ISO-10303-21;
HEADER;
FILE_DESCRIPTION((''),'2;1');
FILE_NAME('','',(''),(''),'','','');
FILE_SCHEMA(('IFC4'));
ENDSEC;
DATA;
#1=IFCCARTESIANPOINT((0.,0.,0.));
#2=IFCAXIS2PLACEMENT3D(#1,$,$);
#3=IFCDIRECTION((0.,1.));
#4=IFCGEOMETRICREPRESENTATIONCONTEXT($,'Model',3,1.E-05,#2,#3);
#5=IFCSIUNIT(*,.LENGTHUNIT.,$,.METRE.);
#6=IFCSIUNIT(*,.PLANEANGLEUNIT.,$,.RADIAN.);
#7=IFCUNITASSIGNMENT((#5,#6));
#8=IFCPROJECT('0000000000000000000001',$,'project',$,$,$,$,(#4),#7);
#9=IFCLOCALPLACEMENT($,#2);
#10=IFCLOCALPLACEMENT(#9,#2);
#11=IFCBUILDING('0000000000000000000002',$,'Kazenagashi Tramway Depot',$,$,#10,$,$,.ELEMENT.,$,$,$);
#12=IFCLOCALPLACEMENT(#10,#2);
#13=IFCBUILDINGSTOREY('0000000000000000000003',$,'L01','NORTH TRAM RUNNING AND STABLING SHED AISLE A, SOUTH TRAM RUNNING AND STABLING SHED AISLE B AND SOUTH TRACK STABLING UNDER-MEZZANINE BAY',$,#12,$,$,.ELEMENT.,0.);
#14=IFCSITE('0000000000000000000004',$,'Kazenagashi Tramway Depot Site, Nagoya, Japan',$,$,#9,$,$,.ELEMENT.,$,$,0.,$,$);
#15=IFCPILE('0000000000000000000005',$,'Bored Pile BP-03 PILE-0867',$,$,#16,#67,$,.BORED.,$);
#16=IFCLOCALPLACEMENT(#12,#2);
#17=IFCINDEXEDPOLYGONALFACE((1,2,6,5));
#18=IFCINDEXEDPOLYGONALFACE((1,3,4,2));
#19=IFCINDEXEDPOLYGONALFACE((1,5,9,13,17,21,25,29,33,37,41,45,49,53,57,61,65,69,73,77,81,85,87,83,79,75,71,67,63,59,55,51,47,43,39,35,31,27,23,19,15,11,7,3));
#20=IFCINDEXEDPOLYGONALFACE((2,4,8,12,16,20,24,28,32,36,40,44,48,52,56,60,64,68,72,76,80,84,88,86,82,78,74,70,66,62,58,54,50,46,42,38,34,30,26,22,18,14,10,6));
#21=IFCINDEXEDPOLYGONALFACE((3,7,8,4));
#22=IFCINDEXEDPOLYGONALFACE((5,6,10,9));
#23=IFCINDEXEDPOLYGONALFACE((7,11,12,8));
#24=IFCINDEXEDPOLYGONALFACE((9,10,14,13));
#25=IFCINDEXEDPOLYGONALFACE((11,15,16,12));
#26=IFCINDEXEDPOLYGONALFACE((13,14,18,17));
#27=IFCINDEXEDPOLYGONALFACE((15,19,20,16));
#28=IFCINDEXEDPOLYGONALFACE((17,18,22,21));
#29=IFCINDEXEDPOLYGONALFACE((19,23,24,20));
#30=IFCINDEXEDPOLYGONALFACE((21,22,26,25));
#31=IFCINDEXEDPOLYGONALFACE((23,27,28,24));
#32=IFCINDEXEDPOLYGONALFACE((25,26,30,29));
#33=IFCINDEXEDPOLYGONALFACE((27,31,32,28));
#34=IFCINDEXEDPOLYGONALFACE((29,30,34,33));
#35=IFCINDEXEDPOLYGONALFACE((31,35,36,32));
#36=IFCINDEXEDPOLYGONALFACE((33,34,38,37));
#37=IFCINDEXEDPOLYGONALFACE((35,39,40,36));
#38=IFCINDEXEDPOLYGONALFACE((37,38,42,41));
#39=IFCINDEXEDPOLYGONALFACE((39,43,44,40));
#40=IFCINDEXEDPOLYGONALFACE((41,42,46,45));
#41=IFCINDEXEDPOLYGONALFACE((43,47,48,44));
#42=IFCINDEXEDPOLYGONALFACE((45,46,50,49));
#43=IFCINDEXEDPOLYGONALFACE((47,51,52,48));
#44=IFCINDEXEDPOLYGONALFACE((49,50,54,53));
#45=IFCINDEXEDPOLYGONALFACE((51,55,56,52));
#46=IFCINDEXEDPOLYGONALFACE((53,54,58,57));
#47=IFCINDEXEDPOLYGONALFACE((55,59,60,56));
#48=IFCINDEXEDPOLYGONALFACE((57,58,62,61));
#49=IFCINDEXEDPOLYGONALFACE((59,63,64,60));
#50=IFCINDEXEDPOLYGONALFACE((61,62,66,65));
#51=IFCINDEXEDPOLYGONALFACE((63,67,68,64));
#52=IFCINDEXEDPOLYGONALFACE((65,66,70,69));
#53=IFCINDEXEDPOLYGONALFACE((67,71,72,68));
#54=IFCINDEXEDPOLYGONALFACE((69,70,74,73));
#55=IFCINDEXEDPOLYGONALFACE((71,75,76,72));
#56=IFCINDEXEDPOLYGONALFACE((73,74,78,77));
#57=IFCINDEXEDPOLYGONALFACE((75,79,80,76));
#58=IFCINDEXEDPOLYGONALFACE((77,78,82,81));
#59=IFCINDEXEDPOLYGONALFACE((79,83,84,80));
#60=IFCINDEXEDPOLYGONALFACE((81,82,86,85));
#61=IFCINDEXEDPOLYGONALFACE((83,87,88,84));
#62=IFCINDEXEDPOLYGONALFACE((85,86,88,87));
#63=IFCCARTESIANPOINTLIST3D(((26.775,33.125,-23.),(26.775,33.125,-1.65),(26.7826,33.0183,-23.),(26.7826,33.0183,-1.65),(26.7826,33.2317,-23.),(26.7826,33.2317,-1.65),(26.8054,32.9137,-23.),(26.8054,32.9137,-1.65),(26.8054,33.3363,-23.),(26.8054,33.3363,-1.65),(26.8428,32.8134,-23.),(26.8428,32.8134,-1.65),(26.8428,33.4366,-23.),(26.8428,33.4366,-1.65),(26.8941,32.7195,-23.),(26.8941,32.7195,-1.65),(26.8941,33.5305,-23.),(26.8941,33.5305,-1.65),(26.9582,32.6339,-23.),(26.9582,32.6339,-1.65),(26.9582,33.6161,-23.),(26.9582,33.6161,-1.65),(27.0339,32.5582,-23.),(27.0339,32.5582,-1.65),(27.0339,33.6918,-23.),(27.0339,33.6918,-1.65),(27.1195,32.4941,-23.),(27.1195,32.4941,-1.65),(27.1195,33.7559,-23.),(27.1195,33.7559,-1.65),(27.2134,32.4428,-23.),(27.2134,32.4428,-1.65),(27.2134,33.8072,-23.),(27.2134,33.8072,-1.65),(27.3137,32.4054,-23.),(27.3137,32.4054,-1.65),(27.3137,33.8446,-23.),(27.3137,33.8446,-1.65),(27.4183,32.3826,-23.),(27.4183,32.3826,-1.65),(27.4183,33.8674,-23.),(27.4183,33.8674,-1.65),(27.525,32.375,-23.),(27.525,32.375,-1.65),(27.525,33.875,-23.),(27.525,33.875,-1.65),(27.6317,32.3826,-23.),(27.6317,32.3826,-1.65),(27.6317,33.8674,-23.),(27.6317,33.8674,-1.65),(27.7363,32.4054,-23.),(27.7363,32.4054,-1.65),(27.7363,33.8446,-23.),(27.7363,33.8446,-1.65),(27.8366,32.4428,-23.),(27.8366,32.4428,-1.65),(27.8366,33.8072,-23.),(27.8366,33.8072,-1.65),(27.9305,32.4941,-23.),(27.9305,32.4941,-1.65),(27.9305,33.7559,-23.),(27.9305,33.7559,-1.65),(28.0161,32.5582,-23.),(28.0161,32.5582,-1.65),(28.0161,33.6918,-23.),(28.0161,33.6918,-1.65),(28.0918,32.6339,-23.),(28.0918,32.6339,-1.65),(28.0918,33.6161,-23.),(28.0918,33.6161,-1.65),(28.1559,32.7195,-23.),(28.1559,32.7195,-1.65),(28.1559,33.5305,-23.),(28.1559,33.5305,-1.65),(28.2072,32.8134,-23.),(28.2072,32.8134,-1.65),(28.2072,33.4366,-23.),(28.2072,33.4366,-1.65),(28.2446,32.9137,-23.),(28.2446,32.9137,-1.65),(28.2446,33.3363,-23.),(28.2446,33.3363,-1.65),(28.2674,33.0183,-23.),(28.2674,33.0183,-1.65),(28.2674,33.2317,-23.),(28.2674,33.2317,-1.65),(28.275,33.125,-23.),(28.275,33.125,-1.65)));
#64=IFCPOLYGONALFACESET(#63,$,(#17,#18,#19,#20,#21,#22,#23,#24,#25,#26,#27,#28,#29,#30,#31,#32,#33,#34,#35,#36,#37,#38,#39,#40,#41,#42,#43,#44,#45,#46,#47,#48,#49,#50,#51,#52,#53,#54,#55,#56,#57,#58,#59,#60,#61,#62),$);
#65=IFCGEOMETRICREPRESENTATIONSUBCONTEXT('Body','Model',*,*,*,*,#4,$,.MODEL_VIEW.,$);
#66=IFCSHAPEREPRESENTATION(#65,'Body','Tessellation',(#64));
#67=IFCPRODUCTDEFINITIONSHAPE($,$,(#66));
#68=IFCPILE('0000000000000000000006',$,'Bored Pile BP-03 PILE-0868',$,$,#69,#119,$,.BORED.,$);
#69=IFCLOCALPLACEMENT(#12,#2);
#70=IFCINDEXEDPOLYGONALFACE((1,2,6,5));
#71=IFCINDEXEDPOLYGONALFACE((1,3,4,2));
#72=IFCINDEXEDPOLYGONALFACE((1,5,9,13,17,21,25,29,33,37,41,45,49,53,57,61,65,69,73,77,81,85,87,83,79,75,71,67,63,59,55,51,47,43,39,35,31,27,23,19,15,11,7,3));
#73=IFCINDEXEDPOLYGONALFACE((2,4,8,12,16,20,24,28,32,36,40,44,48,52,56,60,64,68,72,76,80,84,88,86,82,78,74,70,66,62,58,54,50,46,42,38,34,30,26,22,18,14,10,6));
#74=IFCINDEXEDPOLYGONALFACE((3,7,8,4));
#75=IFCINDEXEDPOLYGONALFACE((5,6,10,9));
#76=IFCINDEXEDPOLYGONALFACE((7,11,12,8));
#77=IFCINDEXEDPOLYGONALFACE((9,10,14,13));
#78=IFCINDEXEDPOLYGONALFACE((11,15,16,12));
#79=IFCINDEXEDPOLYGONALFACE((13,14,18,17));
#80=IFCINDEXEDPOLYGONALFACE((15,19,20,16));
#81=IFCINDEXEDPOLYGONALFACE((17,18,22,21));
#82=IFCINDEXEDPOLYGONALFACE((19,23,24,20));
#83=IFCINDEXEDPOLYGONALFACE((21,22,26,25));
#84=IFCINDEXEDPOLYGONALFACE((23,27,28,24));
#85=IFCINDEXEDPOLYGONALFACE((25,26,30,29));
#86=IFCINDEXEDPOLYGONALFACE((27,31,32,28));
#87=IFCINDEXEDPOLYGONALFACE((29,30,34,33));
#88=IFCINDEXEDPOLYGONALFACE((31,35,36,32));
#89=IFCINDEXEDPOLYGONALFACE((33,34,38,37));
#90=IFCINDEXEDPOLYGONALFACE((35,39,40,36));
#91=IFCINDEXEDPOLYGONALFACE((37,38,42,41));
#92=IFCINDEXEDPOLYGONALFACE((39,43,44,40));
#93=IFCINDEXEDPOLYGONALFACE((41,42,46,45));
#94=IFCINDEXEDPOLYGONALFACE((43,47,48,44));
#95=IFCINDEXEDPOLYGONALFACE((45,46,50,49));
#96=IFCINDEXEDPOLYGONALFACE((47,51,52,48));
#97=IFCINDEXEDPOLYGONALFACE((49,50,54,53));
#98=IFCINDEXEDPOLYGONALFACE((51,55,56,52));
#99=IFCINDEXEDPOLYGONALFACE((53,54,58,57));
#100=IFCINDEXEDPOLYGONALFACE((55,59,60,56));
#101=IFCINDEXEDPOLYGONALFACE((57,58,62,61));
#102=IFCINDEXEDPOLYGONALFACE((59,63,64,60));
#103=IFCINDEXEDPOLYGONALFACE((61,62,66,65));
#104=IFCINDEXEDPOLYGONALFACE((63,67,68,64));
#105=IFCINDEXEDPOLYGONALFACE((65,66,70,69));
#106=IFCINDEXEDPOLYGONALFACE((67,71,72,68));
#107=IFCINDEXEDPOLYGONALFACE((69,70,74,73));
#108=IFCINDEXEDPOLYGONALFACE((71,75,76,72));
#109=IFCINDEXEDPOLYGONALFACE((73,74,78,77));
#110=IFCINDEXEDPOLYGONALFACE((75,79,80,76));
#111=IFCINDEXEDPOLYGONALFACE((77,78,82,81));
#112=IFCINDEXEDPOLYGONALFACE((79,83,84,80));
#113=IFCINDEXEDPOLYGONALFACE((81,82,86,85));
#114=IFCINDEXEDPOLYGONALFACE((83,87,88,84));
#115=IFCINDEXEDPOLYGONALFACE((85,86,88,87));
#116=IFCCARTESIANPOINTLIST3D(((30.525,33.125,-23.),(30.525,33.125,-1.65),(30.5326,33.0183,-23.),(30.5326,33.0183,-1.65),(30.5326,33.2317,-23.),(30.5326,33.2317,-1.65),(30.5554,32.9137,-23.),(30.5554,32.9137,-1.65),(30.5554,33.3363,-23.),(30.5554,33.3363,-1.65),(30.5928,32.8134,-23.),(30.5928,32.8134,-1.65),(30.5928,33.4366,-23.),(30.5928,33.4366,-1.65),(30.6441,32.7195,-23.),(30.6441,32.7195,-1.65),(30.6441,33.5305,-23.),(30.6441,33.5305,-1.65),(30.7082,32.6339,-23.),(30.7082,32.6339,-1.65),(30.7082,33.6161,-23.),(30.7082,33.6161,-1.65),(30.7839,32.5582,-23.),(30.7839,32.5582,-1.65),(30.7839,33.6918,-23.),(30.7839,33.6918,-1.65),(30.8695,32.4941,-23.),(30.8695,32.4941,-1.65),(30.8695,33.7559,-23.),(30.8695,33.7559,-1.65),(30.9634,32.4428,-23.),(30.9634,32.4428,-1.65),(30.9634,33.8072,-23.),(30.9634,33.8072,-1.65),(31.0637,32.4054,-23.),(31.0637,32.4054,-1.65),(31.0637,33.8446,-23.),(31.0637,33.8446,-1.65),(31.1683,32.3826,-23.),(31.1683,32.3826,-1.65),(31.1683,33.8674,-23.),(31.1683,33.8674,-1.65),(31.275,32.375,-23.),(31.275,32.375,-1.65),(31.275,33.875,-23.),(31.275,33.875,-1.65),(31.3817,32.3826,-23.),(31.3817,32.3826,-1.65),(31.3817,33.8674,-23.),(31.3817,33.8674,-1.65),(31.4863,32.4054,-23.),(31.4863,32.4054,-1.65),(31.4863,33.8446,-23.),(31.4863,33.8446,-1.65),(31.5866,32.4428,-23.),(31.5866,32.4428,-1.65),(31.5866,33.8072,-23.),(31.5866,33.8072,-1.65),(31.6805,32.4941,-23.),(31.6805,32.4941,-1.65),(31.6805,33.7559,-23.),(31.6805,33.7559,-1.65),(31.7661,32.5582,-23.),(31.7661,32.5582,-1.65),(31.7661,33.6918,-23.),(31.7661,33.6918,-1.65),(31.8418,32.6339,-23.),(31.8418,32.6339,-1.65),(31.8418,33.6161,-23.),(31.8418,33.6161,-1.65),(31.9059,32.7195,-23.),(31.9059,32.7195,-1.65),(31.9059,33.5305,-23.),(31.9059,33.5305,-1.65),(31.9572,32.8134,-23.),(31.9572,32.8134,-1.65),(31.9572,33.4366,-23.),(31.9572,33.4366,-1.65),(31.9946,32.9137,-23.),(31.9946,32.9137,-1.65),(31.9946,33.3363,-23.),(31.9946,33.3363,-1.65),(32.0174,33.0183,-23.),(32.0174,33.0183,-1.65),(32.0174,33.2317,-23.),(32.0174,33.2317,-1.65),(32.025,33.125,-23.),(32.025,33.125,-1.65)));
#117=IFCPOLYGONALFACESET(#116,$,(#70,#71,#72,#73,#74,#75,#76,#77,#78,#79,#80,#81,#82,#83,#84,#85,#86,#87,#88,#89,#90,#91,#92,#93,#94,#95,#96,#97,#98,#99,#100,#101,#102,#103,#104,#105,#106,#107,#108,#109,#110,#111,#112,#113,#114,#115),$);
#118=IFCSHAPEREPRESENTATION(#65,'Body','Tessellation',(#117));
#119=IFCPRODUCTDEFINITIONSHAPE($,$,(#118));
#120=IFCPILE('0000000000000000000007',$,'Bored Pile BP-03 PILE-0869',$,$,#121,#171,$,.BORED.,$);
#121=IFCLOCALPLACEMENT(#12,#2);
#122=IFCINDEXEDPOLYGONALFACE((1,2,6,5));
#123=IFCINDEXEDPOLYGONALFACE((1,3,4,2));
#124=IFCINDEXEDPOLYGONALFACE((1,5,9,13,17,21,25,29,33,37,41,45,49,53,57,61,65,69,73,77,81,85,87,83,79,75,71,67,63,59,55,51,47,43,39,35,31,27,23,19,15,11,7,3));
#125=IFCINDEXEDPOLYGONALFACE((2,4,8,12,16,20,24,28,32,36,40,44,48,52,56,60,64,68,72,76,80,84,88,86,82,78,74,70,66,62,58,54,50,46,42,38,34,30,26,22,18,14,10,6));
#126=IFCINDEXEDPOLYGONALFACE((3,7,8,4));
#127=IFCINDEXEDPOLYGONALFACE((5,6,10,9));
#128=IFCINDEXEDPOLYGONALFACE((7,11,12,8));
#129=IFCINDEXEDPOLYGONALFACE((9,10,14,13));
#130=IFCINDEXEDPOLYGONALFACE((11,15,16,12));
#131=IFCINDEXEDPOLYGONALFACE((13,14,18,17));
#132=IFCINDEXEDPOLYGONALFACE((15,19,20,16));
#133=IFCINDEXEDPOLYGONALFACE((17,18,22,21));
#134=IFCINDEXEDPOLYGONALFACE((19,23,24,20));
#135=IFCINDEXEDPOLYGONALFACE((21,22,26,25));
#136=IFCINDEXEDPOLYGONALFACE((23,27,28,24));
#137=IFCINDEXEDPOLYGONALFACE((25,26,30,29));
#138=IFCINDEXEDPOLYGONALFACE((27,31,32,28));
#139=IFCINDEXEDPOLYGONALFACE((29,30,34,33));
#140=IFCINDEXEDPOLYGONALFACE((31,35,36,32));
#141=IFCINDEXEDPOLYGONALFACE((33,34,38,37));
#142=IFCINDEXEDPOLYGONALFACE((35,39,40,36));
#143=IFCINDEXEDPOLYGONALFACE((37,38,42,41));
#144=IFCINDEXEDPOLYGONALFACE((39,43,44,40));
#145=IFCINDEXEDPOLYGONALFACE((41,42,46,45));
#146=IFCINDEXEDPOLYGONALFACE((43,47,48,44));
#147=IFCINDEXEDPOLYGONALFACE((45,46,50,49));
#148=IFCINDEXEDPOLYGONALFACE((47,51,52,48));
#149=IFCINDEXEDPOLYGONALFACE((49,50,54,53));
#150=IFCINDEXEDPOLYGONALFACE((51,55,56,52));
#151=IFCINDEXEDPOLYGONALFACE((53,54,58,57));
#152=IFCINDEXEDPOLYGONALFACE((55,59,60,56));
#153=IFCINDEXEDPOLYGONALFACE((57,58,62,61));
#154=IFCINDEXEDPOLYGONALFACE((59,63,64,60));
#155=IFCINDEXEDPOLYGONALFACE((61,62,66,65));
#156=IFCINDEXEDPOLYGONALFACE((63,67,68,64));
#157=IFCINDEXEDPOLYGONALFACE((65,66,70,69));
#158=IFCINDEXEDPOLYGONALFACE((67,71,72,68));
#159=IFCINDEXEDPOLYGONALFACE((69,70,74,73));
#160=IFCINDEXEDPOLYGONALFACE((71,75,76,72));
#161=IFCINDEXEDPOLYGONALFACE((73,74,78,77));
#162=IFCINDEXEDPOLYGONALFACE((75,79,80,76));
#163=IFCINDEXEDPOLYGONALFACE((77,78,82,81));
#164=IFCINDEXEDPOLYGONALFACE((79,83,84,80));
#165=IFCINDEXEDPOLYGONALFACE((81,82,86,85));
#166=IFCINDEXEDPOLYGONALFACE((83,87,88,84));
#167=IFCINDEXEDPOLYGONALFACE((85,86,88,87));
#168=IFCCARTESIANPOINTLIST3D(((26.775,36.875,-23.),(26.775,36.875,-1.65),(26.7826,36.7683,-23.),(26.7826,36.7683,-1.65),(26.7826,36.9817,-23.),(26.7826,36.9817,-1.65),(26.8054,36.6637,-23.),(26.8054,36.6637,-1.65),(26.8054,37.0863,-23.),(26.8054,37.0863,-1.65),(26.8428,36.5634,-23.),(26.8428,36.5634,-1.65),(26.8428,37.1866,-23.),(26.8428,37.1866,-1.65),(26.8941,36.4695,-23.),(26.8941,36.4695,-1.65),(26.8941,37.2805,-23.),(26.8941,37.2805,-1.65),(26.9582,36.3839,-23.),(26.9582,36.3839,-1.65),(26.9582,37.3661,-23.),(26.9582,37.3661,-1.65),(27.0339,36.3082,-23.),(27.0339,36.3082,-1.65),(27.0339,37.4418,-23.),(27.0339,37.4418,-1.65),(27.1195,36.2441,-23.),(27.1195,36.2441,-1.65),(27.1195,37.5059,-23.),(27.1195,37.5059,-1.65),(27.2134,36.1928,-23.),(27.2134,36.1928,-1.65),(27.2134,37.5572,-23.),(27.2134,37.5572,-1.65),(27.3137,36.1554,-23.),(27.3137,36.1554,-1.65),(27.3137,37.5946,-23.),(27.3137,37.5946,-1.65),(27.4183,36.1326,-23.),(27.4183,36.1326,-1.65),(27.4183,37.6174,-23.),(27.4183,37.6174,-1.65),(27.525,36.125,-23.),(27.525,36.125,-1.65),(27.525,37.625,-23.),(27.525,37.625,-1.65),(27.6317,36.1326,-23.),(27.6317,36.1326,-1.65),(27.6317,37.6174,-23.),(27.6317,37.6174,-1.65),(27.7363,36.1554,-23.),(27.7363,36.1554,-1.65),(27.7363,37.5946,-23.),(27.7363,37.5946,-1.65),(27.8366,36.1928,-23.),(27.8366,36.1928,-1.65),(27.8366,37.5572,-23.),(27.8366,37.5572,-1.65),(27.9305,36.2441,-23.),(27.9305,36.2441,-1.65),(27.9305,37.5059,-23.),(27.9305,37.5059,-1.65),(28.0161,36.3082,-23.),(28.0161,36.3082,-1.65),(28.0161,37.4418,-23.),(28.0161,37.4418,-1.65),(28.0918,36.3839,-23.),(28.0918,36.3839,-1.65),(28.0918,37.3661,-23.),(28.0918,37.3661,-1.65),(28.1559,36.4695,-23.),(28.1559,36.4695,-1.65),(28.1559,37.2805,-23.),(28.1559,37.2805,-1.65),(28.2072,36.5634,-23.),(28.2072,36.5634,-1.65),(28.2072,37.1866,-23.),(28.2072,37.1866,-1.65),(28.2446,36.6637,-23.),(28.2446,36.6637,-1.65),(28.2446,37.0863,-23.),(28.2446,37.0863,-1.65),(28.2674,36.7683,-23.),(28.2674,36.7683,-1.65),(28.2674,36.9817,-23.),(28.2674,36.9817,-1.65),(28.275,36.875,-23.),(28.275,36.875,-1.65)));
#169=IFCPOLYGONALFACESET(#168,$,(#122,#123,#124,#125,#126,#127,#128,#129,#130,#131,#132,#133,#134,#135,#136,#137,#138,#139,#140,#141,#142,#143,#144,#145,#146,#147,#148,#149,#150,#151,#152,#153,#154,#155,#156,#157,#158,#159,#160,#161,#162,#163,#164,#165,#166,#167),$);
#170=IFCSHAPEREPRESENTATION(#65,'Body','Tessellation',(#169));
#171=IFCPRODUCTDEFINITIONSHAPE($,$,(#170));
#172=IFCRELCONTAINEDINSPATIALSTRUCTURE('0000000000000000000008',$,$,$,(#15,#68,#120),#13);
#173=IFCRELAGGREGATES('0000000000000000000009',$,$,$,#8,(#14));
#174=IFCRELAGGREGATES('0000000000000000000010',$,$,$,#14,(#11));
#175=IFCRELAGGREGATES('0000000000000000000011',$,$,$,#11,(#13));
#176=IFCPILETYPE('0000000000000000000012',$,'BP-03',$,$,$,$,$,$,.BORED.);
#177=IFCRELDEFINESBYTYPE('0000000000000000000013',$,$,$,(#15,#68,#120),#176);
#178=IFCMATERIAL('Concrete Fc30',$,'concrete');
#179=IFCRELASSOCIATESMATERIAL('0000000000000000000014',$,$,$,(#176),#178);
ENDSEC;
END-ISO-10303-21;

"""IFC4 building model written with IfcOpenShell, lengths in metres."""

from ifc_helpers import new_model, si_unit, direction, frame, origin, origin_2d, place, context, subcontext, project, spatial, circle, extrude, material, material_profile, profile_set, type_object, element, save


model = new_model("IFC4")

# Units and contexts
model_context = context("Model", 3, precision=1e-05, world=origin(), true_north=direction((0.0, 1.0)))
body_context = subcontext(model_context, "Body", "Model", "MODEL_VIEW")
ifc_project = project(units=[si_unit("LENGTHUNIT", "METRE"), si_unit("PLANEANGLEUNIT", "RADIAN")], contexts=[model_context])

# Site, building, storey
site_placement = place(None, origin())
site = spatial("IfcSite", under=ifc_project, at=site_placement, Name="Kazenagashi Tramway Depot Site, Nagoya, Japan", CompositionType="ELEMENT", RefElevation=0.0)
building_placement = place(site_placement, origin())
building = spatial("IfcBuilding", under=site, at=building_placement, Name="Kazenagashi Tramway Depot", CompositionType="ELEMENT")
storey_placement = place(building_placement, origin())
storey = spatial("IfcBuildingStorey", under=building, at=storey_placement, Name="L01", Description="NORTH TRAM RUNNING AND STABLING SHED AISLE A, SOUTH TRAM RUNNING AND STABLING SHED AISLE B AND SOUTH TRACK STABLING UNDER-MEZZANINE BAY", CompositionType="ELEMENT", Elevation=0.0)

# Piles
ifc_material_1 = material(Name="Concrete Fc30", Category="concrete")
ifc_material_profile_1 = material_profile(ifc_material_1, circle(Radius=0.75, at=origin_2d()), Name="PILE-1500")
ifc_profile_set_1 = profile_set([ifc_material_profile_1], Name="Concrete Fc30")
pile_type = type_object("IfcPileType", Name="BP-03", PredefinedType="BORED", material=ifc_profile_set_1)
for number, where, z_axis, x_axis, name in (
    (1, (27.525, 33.125, -1.65), (0.0, 0.0, -1.0), (1.0, 0.0, 0.0), "Bored Pile BP-03 PILE-0867"),
    (2, (31.275, 33.125, -1.65), (0.0, 0.0, -1.0), (1.0, 0.0, 0.0), "Bored Pile BP-03 PILE-0868"),
    (3, (27.525, 36.875, -1.65), (0.0, 0.0, -1.0), (1.0, 0.0, 0.0), "Bored Pile BP-03 PILE-0869"),
):
    element("IfcPile", number, at=place(storey_placement, frame(where, z_axis=z_axis, x_axis=x_axis)), inside=storey, type_object=pile_type, Name=name, PredefinedType="BORED", context=body_context, shape_type="SweptSolid", body=[
        extrude(circle(Radius=0.75, at=origin_2d()), origin(), (0.0, 0.0, 1.0), 21.35),
    ])

save(model, "model.ifc")
